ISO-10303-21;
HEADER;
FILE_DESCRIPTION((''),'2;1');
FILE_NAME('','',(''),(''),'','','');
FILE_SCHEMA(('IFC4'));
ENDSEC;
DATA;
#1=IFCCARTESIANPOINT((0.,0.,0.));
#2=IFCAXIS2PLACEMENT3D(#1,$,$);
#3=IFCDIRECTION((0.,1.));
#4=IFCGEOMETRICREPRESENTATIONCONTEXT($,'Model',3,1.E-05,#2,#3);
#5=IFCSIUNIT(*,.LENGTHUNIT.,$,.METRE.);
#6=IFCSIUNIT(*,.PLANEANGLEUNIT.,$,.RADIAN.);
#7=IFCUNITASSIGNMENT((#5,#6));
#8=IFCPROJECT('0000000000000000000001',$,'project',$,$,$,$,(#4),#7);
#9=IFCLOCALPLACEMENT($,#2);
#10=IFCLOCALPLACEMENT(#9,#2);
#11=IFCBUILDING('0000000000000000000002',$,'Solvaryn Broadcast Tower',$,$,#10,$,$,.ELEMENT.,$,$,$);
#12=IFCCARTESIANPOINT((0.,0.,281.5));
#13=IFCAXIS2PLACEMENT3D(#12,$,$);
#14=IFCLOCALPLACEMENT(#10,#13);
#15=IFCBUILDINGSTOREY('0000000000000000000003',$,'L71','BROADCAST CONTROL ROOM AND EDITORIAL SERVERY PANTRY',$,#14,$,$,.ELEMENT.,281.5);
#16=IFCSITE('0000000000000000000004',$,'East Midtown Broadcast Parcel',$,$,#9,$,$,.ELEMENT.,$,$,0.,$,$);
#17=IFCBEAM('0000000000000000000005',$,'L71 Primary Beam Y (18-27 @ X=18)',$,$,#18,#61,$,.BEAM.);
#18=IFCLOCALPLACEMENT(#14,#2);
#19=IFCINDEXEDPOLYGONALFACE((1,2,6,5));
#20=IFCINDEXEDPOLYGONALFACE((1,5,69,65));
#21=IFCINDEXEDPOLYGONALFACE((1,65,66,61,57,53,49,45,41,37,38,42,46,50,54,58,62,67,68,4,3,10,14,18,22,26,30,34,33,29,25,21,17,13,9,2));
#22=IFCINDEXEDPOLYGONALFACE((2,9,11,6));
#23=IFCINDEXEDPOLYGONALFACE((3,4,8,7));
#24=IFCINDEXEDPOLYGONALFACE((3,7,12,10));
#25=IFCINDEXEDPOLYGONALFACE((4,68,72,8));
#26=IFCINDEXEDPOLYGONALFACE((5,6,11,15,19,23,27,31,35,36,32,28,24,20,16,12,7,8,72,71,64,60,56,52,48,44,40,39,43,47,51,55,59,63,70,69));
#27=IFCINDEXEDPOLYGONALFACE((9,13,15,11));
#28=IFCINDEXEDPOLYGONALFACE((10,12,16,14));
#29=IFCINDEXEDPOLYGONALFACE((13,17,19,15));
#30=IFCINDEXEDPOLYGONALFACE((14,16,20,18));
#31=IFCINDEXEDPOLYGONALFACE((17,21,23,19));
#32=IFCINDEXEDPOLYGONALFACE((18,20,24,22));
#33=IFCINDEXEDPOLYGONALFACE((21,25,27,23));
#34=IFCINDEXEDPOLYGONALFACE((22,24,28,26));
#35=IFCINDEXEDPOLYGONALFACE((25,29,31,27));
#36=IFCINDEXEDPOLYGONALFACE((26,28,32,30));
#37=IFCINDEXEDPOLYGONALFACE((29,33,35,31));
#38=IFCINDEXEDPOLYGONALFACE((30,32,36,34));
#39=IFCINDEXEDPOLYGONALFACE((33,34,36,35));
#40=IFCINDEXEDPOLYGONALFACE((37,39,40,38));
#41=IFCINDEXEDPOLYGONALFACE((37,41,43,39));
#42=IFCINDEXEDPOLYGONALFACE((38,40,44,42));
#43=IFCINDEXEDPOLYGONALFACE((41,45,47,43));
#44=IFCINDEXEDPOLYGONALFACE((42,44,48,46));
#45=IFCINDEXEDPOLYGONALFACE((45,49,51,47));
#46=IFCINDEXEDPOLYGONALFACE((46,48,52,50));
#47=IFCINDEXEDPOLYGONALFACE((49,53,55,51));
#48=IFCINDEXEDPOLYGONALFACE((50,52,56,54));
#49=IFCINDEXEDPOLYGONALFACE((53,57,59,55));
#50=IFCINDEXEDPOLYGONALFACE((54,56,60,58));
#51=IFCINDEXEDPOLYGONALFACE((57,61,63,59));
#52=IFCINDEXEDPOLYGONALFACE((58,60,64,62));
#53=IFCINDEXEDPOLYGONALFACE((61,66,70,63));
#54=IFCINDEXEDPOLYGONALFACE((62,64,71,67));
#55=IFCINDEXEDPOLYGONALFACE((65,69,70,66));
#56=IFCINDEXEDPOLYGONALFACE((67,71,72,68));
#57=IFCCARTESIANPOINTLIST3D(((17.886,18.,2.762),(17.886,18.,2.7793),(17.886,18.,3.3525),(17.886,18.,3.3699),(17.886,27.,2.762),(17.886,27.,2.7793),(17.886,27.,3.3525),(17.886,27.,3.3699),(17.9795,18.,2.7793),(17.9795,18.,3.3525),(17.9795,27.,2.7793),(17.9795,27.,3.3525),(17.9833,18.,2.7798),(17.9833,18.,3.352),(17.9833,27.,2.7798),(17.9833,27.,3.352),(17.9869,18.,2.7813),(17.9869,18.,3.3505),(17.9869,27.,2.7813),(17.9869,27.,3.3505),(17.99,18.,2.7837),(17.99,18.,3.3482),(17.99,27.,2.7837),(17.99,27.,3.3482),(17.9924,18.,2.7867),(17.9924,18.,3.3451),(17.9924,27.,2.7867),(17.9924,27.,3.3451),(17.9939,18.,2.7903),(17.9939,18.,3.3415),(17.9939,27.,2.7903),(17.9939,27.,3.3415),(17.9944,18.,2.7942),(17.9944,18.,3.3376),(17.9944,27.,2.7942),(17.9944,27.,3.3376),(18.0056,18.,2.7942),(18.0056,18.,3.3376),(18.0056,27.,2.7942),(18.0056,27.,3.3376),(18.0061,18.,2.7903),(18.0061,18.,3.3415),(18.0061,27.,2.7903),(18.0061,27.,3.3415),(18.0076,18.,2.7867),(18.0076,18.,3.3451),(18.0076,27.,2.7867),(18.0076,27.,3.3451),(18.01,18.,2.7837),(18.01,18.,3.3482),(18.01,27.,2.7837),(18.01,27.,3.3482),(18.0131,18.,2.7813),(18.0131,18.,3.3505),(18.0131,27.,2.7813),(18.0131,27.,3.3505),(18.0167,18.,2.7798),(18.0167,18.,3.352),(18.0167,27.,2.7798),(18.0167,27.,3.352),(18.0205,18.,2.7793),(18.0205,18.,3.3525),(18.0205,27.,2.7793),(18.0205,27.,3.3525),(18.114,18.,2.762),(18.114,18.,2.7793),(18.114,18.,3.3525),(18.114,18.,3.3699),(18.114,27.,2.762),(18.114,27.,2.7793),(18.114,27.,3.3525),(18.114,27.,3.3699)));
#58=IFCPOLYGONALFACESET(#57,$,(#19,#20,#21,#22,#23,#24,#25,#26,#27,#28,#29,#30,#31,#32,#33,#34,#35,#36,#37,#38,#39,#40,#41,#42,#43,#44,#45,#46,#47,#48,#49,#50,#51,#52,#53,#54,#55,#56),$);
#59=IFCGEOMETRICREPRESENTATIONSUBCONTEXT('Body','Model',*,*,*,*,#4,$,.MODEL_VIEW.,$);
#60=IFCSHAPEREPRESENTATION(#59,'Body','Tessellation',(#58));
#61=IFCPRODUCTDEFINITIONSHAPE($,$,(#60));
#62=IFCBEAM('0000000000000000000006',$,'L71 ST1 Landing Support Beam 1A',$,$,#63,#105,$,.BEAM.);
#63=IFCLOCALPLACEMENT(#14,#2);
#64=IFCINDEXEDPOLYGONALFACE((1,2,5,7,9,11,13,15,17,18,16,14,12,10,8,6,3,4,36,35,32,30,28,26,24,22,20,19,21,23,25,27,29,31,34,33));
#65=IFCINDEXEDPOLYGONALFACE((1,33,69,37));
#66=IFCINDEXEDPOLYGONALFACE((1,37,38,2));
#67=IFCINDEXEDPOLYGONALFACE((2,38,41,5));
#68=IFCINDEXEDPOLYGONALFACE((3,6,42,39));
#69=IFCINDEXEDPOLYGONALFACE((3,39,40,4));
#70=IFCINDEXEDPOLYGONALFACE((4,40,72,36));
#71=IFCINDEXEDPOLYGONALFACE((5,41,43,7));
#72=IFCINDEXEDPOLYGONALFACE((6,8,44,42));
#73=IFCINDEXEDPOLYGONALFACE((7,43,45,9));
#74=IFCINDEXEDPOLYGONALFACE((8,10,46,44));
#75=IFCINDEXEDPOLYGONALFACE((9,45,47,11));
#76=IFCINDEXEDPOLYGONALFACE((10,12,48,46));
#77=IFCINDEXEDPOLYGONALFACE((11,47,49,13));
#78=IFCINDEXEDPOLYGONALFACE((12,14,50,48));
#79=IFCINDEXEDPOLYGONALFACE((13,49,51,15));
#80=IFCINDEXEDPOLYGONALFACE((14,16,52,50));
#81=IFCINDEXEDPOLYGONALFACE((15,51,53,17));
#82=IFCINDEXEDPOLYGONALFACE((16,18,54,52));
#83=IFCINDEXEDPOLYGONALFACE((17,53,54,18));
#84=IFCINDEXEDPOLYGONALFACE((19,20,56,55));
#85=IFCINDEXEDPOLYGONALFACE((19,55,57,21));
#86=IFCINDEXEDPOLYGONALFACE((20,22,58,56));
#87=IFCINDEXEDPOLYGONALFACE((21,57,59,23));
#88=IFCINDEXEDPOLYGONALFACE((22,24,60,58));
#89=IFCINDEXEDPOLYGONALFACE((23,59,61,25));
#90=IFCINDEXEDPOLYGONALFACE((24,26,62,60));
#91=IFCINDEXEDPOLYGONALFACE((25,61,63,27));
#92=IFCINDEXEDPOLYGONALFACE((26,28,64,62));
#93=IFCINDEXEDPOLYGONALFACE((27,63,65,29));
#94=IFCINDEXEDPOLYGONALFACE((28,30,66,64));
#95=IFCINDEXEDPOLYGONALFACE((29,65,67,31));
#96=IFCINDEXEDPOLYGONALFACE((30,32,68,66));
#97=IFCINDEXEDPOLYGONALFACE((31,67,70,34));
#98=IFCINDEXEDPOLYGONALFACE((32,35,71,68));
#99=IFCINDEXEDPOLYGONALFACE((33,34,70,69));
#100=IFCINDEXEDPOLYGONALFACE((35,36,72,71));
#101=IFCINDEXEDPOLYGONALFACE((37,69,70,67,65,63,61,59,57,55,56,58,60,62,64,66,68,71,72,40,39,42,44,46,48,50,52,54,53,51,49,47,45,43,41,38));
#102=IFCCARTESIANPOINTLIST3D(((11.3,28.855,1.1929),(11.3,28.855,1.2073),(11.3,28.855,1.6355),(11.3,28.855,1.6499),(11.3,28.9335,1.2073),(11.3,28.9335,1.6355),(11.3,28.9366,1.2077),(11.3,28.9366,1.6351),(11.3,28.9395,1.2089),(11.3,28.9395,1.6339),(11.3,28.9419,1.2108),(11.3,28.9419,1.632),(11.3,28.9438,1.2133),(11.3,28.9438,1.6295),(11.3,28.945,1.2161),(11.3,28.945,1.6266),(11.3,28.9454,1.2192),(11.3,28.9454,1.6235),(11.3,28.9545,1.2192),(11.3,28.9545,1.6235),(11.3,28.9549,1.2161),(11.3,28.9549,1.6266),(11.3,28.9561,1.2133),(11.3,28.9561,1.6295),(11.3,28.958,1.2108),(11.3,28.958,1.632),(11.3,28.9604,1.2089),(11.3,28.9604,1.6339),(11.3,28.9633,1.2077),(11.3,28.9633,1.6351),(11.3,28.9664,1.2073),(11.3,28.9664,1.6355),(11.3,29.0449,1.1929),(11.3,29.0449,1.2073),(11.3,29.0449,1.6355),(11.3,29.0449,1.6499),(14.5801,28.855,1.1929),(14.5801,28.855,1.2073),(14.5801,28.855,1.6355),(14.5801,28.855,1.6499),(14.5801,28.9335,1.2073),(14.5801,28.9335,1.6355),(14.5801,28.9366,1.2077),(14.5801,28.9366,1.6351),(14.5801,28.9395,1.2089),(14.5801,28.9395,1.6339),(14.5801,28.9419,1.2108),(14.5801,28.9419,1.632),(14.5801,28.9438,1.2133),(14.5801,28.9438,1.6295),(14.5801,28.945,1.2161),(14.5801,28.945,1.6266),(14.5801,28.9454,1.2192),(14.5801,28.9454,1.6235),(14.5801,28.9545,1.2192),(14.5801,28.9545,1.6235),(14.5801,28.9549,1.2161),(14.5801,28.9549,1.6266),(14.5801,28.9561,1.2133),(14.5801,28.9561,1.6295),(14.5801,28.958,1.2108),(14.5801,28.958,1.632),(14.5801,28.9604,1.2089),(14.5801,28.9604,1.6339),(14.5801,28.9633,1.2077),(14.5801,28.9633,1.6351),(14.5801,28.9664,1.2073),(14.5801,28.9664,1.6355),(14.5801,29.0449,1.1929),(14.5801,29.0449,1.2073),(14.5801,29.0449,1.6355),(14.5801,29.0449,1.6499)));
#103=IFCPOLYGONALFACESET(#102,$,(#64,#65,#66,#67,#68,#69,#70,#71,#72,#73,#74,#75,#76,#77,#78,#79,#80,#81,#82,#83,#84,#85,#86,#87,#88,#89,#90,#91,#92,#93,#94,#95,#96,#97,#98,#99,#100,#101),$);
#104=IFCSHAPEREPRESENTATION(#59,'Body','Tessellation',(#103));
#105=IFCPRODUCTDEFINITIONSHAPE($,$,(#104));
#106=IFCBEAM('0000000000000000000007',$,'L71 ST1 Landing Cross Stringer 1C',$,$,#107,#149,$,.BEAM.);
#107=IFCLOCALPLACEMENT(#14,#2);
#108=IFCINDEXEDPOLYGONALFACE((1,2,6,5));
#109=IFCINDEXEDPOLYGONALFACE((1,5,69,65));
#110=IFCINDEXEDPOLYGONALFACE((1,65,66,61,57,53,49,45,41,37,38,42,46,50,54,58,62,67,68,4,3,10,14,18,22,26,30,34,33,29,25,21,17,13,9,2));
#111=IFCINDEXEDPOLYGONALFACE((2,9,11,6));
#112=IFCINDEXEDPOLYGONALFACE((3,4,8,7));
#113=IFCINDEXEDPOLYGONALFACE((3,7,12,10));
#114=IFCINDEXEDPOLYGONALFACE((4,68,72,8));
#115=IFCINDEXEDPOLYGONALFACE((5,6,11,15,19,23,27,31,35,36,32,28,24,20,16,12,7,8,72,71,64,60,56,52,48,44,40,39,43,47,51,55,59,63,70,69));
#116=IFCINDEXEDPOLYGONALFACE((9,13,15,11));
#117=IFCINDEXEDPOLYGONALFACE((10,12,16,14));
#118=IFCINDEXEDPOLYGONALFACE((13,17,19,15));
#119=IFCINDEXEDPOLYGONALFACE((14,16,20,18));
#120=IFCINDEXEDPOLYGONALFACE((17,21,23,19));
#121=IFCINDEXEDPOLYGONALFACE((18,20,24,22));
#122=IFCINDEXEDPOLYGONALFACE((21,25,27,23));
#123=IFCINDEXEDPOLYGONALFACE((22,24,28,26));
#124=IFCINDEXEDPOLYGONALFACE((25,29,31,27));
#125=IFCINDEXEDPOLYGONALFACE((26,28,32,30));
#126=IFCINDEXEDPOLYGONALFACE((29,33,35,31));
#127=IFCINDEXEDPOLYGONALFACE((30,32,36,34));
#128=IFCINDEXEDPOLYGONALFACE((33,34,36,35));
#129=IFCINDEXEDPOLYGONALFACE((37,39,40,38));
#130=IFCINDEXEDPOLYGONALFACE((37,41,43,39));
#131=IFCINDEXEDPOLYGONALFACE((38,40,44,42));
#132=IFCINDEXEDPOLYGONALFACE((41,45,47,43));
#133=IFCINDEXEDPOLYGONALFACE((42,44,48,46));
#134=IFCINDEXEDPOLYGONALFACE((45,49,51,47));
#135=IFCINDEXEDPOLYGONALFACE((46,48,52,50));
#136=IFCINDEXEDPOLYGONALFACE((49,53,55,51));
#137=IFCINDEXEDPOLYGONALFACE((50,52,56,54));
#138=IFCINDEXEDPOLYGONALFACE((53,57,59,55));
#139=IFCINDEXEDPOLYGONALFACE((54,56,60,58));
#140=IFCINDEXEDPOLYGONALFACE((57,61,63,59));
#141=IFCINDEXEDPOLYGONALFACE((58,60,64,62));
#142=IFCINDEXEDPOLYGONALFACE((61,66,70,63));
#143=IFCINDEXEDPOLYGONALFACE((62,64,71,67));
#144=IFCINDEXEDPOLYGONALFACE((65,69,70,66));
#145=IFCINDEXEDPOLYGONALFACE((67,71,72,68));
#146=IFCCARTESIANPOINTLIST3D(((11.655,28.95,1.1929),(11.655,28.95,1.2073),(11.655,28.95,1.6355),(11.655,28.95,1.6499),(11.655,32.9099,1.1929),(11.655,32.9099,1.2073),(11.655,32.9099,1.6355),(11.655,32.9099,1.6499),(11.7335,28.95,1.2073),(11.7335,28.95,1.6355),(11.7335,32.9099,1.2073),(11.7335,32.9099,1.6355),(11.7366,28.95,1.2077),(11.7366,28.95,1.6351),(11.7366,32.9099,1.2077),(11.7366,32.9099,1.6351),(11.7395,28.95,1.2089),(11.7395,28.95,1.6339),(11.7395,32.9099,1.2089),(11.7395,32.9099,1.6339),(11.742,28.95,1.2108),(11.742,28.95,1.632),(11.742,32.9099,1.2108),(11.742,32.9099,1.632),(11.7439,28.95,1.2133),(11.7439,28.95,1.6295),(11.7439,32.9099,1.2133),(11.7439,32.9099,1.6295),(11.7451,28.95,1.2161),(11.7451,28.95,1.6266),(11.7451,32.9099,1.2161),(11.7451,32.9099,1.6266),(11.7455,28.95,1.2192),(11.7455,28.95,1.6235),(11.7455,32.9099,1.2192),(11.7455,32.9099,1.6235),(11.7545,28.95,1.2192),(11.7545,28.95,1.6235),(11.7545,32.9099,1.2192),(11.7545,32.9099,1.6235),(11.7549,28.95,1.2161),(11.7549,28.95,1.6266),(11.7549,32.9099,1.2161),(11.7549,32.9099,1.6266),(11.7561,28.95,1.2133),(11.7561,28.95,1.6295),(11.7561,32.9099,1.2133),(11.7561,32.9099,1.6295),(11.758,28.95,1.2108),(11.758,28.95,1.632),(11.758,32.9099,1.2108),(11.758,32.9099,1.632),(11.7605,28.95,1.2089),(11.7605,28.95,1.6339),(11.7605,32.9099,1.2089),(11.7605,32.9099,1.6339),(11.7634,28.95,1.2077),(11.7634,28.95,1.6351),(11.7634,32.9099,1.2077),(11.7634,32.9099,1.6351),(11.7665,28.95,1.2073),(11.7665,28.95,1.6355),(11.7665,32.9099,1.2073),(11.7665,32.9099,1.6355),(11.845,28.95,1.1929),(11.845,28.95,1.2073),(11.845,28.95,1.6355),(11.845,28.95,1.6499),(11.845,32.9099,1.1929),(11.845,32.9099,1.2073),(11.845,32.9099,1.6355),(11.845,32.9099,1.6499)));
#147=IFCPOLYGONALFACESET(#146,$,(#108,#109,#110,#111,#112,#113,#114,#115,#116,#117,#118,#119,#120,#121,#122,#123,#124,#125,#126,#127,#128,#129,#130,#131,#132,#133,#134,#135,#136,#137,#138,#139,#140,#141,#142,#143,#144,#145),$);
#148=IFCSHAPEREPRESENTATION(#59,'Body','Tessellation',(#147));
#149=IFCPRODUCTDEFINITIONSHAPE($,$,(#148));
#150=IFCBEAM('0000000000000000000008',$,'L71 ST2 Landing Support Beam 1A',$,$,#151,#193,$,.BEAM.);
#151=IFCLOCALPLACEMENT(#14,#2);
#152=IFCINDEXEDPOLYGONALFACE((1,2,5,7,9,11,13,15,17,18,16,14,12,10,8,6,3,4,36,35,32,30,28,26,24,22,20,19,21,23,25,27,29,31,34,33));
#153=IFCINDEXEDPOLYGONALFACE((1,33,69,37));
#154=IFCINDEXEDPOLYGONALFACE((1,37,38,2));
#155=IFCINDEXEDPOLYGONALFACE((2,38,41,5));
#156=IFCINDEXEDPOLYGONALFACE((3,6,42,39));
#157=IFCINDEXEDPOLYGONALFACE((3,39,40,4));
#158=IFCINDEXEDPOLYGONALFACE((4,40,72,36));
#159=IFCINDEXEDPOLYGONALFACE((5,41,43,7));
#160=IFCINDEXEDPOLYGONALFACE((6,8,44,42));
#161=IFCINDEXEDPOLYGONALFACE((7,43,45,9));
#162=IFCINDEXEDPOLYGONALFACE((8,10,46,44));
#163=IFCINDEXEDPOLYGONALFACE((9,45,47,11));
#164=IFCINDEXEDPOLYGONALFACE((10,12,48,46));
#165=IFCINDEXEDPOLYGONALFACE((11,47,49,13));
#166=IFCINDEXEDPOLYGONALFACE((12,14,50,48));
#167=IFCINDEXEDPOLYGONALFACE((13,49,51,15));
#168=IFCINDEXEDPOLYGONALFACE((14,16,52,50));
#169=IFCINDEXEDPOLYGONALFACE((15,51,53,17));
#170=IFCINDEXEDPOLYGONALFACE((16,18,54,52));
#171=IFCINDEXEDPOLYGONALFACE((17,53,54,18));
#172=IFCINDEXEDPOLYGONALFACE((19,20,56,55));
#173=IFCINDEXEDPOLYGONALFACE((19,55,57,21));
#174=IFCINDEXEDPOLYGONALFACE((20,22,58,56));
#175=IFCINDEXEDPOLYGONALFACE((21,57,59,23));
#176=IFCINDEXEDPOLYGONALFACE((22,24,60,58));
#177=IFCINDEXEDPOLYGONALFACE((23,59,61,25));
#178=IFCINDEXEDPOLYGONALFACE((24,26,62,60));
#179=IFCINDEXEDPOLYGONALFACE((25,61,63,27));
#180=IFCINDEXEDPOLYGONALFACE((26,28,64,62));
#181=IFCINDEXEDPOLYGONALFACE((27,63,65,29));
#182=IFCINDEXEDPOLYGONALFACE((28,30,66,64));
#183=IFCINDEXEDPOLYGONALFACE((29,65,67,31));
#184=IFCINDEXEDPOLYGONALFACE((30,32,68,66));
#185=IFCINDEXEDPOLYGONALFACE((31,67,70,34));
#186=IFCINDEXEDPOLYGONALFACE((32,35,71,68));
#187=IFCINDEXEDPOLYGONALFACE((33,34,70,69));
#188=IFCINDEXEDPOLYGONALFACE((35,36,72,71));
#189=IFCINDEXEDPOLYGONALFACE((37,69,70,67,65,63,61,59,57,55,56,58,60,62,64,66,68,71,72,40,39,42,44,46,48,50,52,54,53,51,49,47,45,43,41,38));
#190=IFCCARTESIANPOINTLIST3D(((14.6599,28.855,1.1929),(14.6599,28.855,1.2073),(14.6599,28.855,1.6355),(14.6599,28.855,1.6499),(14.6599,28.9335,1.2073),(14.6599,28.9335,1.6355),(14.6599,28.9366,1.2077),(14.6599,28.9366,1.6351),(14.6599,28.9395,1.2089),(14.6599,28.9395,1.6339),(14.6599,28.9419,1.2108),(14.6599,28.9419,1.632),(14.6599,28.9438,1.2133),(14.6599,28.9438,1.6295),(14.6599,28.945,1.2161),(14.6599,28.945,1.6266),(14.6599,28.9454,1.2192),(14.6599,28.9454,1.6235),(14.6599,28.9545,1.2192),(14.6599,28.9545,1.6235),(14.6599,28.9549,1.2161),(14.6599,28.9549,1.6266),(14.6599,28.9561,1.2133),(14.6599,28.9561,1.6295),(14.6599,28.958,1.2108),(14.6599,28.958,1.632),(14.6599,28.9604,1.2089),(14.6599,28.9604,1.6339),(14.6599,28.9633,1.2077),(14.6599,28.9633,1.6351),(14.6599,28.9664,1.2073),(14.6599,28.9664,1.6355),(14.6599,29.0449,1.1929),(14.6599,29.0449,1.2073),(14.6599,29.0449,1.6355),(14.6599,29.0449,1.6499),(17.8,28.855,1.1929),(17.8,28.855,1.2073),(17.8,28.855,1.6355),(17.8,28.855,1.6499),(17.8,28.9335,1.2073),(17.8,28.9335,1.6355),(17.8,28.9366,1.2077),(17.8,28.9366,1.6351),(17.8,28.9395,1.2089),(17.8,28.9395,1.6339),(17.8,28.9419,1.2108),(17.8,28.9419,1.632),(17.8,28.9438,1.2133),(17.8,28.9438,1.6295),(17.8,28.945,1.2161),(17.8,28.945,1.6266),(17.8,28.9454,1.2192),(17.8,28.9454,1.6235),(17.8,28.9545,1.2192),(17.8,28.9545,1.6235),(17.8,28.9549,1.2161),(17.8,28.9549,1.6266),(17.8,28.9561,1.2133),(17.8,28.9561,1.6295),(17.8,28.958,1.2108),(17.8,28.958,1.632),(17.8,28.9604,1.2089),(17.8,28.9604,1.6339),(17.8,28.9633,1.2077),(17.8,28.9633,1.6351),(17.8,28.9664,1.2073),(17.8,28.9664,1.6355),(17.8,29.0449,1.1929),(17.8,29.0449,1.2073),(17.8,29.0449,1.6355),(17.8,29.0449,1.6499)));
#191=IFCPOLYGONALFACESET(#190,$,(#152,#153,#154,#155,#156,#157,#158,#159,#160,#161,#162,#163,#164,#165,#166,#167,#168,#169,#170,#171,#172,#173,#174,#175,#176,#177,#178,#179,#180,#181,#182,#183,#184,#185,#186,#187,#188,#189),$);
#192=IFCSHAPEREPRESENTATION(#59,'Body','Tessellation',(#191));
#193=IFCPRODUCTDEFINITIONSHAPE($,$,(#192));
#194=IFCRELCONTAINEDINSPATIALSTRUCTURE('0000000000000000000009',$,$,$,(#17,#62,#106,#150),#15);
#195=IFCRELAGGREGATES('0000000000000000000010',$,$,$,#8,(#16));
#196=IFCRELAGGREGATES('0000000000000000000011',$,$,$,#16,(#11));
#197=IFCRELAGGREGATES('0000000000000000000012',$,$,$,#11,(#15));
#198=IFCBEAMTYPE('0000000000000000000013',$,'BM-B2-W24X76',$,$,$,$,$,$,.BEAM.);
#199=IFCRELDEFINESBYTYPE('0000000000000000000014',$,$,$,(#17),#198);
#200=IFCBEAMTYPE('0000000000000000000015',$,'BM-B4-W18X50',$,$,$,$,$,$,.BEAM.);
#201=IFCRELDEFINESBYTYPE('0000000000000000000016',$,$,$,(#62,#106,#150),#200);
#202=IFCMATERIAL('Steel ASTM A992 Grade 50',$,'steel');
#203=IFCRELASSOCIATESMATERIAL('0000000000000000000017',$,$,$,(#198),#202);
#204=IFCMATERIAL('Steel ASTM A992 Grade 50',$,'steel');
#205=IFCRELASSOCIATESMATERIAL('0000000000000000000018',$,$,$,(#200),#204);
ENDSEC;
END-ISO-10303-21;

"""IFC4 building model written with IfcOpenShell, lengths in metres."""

from ifc_helpers import new_model, si_unit, direction, frame, origin, origin_2d, place, context, subcontext, project, spatial, i_section, extrude, material, material_profile, profile_set, type_object, element, save


model = new_model("IFC4")

# Units and contexts
model_context = context("Model", 3, precision=1e-05, world=origin(), true_north=direction((0.0, 1.0)))
body_context = subcontext(model_context, "Body", "Model", "MODEL_VIEW")
ifc_project = project(units=[si_unit("LENGTHUNIT", "METRE"), si_unit("PLANEANGLEUNIT", "RADIAN")], contexts=[model_context])

# Site, building, storey
site_placement = place(None, origin())
site = spatial("IfcSite", under=ifc_project, at=site_placement, Name="East Midtown Broadcast Parcel", CompositionType="ELEMENT", RefElevation=0.0)
building_placement = place(site_placement, origin())
building = spatial("IfcBuilding", under=site, at=building_placement, Name="Solvaryn Broadcast Tower", CompositionType="ELEMENT")
storey_placement = place(building_placement, frame((0.0, 0.0, 281.5)))
storey = spatial("IfcBuildingStorey", under=building, at=storey_placement, Name="L71", Description="BROADCAST CONTROL ROOM AND EDITORIAL SERVERY PANTRY", CompositionType="ELEMENT", Elevation=281.5)

# Beams
ifc_material_1 = material(Name="Steel ASTM A992 Grade 50", Category="steel")
ifc_material_profile_1 = material_profile(ifc_material_1, i_section(OverallWidth=0.228, OverallDepth=0.6079, WebThickness=0.0112, FlangeThickness=0.0173, FilletRadius=0.0149, at=origin_2d()))
ifc_profile_set_1 = profile_set([ifc_material_profile_1], Name="Steel ASTM A992 Grade 50")
beam_type_1 = type_object("IfcBeamType", Name="BM-B2-W24X76", PredefinedType="BEAM", material=ifc_profile_set_1)
beam_1_placement = place(storey_placement, frame((18.0, 18.0, 3.0659), z_axis=(0.0, 1.0, 0.0), x_axis=(-1.0, 0.0, 0.0)))
element("IfcBeam", 1, at=beam_1_placement, inside=storey, type_object=beam_type_1, Name="L71 Primary Beam Y (18-27 @ X=18)", PredefinedType="BEAM", context=body_context, shape_type="SweptSolid", body=[
    extrude(i_section(OverallWidth=0.228, OverallDepth=0.6079, WebThickness=0.0112, FlangeThickness=0.0173, FilletRadius=0.0149, at=origin_2d()), origin(), (0.0, 0.0, 1.0), 9.0),
])
ifc_material_2 = material(Name="Steel ASTM A992 Grade 50", Category="steel")
ifc_material_profile_2 = material_profile(ifc_material_2, i_section(OverallWidth=0.1899, OverallDepth=0.457, WebThickness=0.009, FlangeThickness=0.0144, FilletRadius=0.012, at=origin_2d()))
ifc_profile_set_2 = profile_set([ifc_material_profile_2], Name="Steel ASTM A992 Grade 50")
beam_type_2 = type_object("IfcBeamType", Name="BM-B4-W18X50", PredefinedType="BEAM", material=ifc_profile_set_2)
beam_2_placement = place(storey_placement, frame((11.3, 28.95, 1.4214), z_axis=(1.0, 0.0, 0.0), x_axis=(0.0, 1.0, 0.0)))
element("IfcBeam", 2, at=beam_2_placement, inside=storey, type_object=beam_type_2, Name="L71 ST1 Landing Support Beam 1A", PredefinedType="BEAM", context=body_context, shape_type="SweptSolid", body=[
    extrude(i_section(OverallWidth=0.1899, OverallDepth=0.457, WebThickness=0.009, FlangeThickness=0.0144, FilletRadius=0.012, at=origin_2d()), origin(), (0.0, 0.0, 1.0), 3.28),
])
beam_3_placement = place(storey_placement, frame((11.75, 28.95, 1.4214), z_axis=(0.0, 1.0, 0.0), x_axis=(-1.0, 0.0, 0.0)))
element("IfcBeam", 3, at=beam_3_placement, inside=storey, type_object=beam_type_2, Name="L71 ST1 Landing Cross Stringer 1C", PredefinedType="BEAM", context=body_context, shape_type="SweptSolid", body=[
    extrude(i_section(OverallWidth=0.1899, OverallDepth=0.457, WebThickness=0.009, FlangeThickness=0.0144, FilletRadius=0.012, at=origin_2d()), origin(), (0.0, 0.0, 1.0), 3.96),
])
beam_4_placement = place(storey_placement, frame((14.6599, 28.95, 1.4214), z_axis=(1.0, 0.0, 0.0), x_axis=(0.0, 1.0, 0.0)))
element("IfcBeam", 4, at=beam_4_placement, inside=storey, type_object=beam_type_2, Name="L71 ST2 Landing Support Beam 1A", PredefinedType="BEAM", context=body_context, shape_type="SweptSolid", body=[
    extrude(i_section(OverallWidth=0.1899, OverallDepth=0.457, WebThickness=0.009, FlangeThickness=0.0144, FilletRadius=0.012, at=origin_2d()), origin(), (0.0, 0.0, 1.0), 3.1401),
])

save(model, "model.ifc")
